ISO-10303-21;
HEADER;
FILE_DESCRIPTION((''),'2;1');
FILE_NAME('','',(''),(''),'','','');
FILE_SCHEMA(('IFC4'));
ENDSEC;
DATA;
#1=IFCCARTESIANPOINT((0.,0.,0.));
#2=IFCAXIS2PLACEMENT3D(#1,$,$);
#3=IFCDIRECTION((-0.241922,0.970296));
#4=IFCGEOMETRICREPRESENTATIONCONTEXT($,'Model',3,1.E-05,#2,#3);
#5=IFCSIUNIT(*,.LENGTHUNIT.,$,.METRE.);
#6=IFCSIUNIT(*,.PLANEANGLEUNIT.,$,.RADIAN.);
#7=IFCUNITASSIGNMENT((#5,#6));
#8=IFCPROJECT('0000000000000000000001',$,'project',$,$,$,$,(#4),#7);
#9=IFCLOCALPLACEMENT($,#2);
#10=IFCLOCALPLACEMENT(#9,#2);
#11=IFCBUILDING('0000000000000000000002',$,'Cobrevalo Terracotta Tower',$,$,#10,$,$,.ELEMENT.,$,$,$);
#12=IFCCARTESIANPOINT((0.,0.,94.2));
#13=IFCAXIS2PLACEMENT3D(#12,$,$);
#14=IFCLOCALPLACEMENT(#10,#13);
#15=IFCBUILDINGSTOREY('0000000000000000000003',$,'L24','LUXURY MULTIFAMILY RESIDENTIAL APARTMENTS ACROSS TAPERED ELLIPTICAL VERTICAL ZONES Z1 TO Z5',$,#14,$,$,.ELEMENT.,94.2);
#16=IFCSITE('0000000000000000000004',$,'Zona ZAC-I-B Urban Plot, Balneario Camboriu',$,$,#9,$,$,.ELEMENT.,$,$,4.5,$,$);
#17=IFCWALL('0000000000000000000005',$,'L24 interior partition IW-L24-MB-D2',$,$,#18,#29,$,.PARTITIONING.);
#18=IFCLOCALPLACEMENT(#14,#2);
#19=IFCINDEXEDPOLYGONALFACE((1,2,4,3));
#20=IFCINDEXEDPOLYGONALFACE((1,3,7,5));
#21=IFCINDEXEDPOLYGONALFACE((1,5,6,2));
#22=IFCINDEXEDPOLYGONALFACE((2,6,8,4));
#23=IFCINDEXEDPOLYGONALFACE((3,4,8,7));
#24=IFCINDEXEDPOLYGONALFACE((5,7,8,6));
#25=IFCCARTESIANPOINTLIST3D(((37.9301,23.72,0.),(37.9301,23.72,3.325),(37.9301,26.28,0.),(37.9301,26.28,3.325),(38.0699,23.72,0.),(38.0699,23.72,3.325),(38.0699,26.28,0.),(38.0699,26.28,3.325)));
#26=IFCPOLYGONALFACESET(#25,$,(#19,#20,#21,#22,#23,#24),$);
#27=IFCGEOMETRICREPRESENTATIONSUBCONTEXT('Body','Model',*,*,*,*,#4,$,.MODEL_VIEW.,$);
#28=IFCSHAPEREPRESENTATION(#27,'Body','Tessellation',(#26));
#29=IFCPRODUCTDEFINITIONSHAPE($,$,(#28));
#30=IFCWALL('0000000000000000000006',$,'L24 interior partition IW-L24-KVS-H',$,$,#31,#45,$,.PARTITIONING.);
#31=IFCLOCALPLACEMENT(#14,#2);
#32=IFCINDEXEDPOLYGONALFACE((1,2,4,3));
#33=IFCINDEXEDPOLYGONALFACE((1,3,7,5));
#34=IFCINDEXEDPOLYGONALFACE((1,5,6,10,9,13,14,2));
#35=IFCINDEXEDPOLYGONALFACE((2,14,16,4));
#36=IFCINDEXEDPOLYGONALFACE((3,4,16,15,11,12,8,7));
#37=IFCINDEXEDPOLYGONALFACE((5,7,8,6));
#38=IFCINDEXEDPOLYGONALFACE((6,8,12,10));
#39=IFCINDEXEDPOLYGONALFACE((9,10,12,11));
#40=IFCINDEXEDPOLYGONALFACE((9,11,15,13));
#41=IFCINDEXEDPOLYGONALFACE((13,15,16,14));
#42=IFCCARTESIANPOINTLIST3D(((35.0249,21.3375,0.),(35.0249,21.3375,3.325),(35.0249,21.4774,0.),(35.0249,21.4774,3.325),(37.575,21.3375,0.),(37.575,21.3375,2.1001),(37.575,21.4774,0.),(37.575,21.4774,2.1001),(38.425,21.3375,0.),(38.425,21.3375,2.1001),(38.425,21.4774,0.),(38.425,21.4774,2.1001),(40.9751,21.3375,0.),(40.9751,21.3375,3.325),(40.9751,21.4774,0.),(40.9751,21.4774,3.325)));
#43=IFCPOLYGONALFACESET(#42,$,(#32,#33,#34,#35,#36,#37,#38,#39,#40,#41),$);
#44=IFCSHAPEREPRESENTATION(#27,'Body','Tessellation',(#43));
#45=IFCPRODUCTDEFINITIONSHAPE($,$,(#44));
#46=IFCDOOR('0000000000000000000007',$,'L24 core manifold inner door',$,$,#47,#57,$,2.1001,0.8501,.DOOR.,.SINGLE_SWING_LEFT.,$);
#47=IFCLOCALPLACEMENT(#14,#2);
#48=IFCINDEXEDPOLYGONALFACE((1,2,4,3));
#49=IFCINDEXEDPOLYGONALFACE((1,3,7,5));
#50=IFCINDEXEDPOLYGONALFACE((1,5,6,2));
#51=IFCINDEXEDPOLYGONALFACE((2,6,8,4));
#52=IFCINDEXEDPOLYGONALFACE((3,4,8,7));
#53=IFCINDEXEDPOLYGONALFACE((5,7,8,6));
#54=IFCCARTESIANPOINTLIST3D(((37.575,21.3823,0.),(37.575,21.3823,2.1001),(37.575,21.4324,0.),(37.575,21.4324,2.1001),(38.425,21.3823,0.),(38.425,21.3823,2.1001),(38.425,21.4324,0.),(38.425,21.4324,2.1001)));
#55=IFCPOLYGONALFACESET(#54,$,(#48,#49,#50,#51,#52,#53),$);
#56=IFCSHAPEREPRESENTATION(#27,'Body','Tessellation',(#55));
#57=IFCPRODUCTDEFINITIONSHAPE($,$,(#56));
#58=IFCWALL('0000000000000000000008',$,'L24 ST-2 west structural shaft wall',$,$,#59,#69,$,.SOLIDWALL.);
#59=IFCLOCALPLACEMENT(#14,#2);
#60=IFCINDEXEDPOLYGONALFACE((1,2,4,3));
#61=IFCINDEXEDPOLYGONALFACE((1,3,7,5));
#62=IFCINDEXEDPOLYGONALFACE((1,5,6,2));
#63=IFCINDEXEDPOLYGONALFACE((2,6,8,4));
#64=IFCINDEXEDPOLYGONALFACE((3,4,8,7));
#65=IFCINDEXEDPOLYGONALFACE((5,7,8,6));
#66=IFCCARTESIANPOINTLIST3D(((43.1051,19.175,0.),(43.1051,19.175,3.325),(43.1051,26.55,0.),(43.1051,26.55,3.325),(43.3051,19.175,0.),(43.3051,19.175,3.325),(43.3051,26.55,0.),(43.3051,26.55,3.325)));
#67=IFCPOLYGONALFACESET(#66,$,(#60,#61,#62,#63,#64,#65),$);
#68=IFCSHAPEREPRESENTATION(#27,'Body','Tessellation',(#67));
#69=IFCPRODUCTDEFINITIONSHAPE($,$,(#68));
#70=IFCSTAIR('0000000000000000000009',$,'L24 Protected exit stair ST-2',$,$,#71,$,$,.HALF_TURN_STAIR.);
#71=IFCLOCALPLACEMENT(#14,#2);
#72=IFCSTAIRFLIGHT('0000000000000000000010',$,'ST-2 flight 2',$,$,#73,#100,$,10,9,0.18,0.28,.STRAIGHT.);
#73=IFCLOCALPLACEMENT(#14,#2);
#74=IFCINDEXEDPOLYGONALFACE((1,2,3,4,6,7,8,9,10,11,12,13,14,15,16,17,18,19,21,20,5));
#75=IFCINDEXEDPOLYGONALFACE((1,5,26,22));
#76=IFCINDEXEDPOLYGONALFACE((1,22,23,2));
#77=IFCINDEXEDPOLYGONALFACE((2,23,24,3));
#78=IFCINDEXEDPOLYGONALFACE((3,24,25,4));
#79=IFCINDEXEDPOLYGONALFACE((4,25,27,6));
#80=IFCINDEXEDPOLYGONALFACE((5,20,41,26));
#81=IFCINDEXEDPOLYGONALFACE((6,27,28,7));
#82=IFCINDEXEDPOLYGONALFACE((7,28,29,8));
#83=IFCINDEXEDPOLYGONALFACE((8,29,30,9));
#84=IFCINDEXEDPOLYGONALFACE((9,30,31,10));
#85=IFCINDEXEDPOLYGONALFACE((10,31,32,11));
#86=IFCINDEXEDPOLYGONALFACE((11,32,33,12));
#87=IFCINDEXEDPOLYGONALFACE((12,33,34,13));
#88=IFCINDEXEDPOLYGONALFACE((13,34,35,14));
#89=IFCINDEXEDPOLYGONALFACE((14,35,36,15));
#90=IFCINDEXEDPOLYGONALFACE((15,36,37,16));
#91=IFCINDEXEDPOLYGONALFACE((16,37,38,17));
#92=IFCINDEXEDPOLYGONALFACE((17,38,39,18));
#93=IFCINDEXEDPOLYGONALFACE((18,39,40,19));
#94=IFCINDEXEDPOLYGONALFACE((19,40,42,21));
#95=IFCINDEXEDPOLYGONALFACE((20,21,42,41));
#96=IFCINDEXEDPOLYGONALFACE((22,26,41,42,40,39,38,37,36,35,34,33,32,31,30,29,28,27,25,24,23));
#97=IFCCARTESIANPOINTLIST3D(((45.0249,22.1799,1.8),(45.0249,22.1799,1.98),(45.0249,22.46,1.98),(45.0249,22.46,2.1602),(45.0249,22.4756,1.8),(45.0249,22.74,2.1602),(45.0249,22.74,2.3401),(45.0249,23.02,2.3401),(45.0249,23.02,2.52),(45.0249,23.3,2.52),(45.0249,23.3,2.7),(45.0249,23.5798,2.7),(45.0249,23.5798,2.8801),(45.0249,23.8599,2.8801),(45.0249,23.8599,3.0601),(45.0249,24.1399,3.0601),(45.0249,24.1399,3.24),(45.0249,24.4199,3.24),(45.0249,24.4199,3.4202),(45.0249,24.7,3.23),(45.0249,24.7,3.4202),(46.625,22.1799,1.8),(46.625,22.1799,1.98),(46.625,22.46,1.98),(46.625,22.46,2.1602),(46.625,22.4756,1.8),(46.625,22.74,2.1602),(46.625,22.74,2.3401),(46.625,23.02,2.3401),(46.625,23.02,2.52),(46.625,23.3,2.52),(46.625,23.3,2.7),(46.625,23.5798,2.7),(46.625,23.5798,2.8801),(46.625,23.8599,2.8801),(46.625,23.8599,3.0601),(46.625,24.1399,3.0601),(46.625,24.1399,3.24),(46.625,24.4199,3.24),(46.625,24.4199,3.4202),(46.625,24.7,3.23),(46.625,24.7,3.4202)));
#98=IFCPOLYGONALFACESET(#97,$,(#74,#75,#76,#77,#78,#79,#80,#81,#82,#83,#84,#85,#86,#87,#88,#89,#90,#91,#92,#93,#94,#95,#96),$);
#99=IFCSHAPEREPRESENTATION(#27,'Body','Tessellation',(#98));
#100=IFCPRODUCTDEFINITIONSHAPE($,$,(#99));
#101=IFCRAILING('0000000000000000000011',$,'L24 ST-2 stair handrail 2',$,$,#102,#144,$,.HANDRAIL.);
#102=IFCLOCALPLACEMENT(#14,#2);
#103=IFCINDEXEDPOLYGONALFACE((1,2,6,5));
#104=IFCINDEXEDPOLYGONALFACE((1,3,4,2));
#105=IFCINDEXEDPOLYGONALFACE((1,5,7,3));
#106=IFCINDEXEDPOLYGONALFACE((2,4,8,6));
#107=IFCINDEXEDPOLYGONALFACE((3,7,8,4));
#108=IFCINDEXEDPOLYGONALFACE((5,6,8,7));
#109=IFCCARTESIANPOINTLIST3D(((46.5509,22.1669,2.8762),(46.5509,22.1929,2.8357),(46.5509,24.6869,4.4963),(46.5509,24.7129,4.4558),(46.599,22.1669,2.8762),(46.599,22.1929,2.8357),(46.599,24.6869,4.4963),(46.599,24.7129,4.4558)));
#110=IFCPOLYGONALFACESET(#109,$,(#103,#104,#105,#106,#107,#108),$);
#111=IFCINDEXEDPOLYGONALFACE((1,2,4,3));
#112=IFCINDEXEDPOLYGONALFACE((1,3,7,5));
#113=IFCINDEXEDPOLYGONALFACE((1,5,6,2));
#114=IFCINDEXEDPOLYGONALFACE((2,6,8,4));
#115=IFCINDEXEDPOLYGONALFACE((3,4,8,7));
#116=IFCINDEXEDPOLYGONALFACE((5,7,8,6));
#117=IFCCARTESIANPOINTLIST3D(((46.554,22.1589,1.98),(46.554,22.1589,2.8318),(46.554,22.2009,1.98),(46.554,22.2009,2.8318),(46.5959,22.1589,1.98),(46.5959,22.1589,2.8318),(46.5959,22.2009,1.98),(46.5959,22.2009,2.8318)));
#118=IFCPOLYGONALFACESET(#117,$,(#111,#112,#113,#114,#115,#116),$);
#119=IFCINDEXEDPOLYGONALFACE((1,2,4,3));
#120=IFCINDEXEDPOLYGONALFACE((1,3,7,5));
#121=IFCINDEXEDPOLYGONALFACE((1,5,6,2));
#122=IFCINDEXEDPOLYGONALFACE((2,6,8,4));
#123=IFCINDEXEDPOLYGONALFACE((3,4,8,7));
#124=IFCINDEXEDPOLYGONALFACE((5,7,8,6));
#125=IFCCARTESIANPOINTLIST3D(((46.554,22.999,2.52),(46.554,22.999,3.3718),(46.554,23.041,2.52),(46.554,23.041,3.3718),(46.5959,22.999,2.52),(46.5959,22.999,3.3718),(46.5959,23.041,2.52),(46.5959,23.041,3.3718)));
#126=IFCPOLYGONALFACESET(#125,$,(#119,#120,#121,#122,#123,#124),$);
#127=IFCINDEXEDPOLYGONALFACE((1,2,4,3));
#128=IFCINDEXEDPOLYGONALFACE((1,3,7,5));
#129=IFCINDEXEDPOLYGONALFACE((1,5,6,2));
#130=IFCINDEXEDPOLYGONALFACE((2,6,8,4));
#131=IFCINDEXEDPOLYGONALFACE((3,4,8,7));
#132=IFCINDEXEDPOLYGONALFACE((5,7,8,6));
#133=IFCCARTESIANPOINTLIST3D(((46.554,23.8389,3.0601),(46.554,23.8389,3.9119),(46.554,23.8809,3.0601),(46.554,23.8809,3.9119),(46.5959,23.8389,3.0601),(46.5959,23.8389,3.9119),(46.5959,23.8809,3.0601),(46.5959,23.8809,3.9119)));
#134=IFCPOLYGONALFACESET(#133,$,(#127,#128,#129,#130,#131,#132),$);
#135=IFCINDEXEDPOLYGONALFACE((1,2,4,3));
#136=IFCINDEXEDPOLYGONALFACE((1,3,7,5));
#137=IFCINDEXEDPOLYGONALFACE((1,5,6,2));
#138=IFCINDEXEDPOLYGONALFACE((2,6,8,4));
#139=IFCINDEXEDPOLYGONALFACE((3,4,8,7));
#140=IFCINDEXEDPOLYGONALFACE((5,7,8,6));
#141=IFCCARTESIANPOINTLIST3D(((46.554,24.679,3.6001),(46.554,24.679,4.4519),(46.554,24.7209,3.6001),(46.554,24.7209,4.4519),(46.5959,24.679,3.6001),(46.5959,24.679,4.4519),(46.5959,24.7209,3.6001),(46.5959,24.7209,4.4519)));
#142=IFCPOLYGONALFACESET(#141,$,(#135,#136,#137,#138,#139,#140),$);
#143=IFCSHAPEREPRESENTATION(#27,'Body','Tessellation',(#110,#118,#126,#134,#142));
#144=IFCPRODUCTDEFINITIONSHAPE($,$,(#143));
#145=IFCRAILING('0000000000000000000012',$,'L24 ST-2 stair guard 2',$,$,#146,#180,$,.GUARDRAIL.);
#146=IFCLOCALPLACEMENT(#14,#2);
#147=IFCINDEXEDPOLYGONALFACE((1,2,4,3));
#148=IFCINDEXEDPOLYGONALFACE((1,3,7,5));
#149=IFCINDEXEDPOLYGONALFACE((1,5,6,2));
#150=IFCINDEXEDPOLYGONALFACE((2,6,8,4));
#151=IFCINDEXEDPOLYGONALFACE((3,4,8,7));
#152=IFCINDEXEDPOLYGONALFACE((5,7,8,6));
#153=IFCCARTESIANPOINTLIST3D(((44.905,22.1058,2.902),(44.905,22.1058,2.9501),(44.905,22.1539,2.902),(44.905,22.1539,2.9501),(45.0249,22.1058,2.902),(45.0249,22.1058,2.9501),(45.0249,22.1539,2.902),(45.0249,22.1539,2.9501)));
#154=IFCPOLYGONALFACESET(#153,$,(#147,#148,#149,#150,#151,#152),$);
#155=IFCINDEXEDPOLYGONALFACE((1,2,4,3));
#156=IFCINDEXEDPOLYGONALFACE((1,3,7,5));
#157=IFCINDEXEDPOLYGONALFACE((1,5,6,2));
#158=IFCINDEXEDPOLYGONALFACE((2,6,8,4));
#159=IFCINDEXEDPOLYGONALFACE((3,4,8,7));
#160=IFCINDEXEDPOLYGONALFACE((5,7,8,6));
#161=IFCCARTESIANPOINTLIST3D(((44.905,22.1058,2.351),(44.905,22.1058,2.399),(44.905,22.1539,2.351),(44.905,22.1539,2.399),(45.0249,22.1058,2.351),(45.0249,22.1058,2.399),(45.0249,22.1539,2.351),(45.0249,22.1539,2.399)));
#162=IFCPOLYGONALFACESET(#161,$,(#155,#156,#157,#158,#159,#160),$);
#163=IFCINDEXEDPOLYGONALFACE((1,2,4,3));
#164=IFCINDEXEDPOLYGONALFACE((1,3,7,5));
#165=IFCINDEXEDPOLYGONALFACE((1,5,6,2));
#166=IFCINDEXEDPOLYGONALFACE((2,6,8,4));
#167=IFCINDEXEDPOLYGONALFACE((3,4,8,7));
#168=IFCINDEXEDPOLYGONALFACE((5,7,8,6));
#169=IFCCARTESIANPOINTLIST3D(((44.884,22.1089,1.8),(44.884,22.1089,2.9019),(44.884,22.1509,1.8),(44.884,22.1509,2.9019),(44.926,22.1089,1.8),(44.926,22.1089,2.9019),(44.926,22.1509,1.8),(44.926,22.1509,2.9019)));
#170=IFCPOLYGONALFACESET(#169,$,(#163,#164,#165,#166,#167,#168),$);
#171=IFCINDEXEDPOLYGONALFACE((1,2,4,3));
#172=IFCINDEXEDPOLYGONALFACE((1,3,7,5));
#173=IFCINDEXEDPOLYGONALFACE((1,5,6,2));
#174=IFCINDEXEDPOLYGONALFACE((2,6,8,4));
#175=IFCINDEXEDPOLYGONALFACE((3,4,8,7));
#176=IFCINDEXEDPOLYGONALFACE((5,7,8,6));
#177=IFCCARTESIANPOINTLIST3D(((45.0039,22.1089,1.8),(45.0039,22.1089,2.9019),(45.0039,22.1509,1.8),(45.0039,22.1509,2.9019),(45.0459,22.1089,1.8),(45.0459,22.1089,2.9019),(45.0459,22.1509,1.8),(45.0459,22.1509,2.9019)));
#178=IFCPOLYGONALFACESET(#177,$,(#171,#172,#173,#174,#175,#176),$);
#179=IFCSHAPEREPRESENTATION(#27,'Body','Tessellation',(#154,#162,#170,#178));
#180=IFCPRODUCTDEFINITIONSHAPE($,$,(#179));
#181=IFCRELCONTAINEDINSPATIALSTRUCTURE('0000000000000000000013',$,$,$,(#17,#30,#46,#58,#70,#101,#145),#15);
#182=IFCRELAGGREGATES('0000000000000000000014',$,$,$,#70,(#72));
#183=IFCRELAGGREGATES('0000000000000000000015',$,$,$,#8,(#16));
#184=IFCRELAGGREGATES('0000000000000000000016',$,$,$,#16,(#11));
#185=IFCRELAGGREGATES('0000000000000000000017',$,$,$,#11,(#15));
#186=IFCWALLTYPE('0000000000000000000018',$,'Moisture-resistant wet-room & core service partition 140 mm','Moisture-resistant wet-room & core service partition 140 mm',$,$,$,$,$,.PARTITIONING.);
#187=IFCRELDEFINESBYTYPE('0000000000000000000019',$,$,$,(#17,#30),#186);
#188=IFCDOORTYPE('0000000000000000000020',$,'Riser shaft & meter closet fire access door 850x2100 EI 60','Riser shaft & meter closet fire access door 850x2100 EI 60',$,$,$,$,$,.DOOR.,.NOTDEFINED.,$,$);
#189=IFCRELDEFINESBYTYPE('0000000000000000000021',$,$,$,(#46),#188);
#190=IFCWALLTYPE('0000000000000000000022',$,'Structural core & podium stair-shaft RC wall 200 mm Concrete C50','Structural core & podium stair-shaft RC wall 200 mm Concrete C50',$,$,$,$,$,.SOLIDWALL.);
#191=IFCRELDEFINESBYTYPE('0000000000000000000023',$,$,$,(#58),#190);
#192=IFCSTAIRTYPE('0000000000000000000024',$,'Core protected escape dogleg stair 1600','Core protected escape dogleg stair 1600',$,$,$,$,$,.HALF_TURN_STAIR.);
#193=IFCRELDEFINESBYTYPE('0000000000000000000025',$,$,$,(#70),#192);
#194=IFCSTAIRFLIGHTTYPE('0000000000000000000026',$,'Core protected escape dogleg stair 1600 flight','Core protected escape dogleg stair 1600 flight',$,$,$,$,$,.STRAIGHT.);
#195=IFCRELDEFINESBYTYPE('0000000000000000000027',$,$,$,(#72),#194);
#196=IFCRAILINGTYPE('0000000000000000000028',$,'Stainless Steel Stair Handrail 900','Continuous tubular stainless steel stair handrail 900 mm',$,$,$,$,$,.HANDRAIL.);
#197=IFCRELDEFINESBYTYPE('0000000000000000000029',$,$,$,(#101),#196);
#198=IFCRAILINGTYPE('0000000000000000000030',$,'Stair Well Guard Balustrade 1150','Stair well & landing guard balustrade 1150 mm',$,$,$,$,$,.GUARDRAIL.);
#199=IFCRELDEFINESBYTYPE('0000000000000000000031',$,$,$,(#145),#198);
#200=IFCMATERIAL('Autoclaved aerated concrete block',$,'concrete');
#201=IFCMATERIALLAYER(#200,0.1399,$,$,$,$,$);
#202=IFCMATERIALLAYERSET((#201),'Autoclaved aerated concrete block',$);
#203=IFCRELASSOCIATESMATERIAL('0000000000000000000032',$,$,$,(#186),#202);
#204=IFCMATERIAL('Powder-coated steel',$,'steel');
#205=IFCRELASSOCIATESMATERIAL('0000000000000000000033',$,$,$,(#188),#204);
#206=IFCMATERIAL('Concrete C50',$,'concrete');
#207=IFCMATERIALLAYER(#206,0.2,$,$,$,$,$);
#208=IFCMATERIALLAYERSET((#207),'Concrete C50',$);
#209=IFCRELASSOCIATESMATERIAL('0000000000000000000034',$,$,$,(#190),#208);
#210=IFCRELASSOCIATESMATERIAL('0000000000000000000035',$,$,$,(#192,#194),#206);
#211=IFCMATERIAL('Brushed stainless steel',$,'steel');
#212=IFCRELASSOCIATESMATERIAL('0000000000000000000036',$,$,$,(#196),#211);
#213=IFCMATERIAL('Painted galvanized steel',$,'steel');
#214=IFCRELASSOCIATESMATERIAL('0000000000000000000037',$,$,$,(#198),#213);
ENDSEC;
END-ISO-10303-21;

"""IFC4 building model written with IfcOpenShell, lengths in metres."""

from ifc_helpers import new_model, si_unit, direction, frame, frame_2d, origin, origin_2d, place, context, subcontext, project, spatial, polyline, rectangle, outline, extrude, source, transform, mapped, material, layer, layer_set, type_object, element, fill, aggregate, save


model = new_model("IFC4")

# Units and contexts
model_context = context("Model", 3, precision=1e-05, world=origin(), true_north=direction((-0.241922, 0.970296)))
body_context = subcontext(model_context, "Body", "Model", "MODEL_VIEW")
ifc_project = project(units=[si_unit("LENGTHUNIT", "METRE"), si_unit("PLANEANGLEUNIT", "RADIAN")], contexts=[model_context])

# Site, building, storey
site_placement = place(None, origin())
site = spatial("IfcSite", under=ifc_project, at=site_placement, Name="Zona ZAC-I-B Urban Plot, Balneario Camboriu", CompositionType="ELEMENT", RefElevation=4.5)
building_placement = place(site_placement, origin())
building = spatial("IfcBuilding", under=site, at=building_placement, Name="Cobrevalo Terracotta Tower", CompositionType="ELEMENT")
storey_placement = place(building_placement, frame((0.0, 0.0, 94.2)))
storey = spatial("IfcBuildingStorey", under=building, at=storey_placement, Name="L24", Description="LUXURY MULTIFAMILY RESIDENTIAL APARTMENTS ACROSS TAPERED ELLIPTICAL VERTICAL ZONES Z1 TO Z5", CompositionType="ELEMENT", Elevation=94.2)

# Shared definitions
ifc_material_1 = material(Name="Autoclaved aerated concrete block", Category="concrete")

# Wall
ifc_layer_1 = layer(ifc_material_1, 0.1399)
ifc_layer_set_1 = layer_set([ifc_layer_1], Name="Autoclaved aerated concrete block")
wall_type_1 = type_object("IfcWallType", Name="Moisture-resistant wet-room & core service partition 140 mm", Description="Moisture-resistant wet-room & core service partition 140 mm", PredefinedType="PARTITIONING", material=ifc_layer_set_1)
wall_1_placement = place(storey_placement, frame((38.0, 23.72, 0.0), z_axis=(0.0, 0.0, 1.0), x_axis=(0.0, 1.0, 0.0)))
element("IfcWall", 1, at=wall_1_placement, inside=storey, type_object=wall_type_1, Name="L24 interior partition IW-L24-MB-D2", PredefinedType="PARTITIONING", context=body_context, shape_type="SweptSolid", body=[
    extrude(rectangle(XDim=2.5601, YDim=0.1399, at=frame_2d((1.28, 0.0))), origin(), (0.0, 0.0, 1.0), 3.325),
])

# Wall, opening, door
wall_2_placement = place(storey_placement, frame((35.0249, 21.4075, 0.0), z_axis=(0.0, 0.0, 1.0), x_axis=(1.0, 0.0, 0.0)))
wall_2 = element("IfcWall", 2, at=wall_2_placement, inside=storey, type_object=wall_type_1, Name="L24 interior partition IW-L24-KVS-H", PredefinedType="PARTITIONING", context=body_context, shape_type="SweptSolid", body=[
    extrude(rectangle(XDim=5.9502, YDim=0.1399, at=frame_2d((2.9751, 0.0))), origin(), (0.0, 0.0, 1.0), 3.325),
])
opening_1_placement = place(wall_2_placement, frame((2.55, 0.0, 0.0)))
opening_1 = element("IfcOpeningElement", 3, at=opening_1_placement, cuts=wall_2, PredefinedType="OPENING", context=body_context, shape_type="SweptSolid", body=[
    extrude(rectangle(XDim=0.8501, YDim=2.1001, at=frame_2d((0.425, 1.05))), frame((0.0, 0.0801, 0.0), z_axis=(0.0, -1.0, 0.0), x_axis=(1.0, 0.0, 0.0)), (0.0, 0.0, 1.0), 0.1599),
])
ifc_material_2 = material(Name="Powder-coated steel", Category="steel")
door_type_1 = type_object("IfcDoorType", Name="Riser shaft & meter closet fire access door 850x2100 EI 60", Description="Riser shaft & meter closet fire access door 850x2100 EI 60", OperationType="NOTDEFINED", PredefinedType="DOOR", material=ifc_material_2)
shared_shape_1 = source(origin(), body_context, "Body", "SweptSolid", [
    extrude(rectangle(XDim=0.8501, YDim=2.1001, at=frame_2d((0.425, 1.05))), frame((0.0, 0.0249, 0.0), z_axis=(0.0, -1.0, 0.0), x_axis=(1.0, 0.0, 0.0)), (0.0, 0.0, 1.0), 0.05),
])
door_1_placement = place(opening_1_placement, origin())
door_1 = element("IfcDoor", 4, at=door_1_placement, inside=storey, type_object=door_type_1, Name="L24 core manifold inner door", OperationType="SINGLE_SWING_LEFT", OverallHeight=2.1001, OverallWidth=0.8501, PredefinedType="DOOR", context=body_context, shape_type="MappedRepresentation", body=[
    mapped(shared_shape_1, transform((0.0, 0.0, 0.0), scale=1.0)),
])
fill(opening_1, door_1)

# Wall
ifc_material_3 = material(Name="Concrete C50", Category="concrete")
ifc_layer_2 = layer(ifc_material_3, 0.2)
ifc_layer_set_2 = layer_set([ifc_layer_2], Name="Concrete C50")
wall_type_2 = type_object("IfcWallType", Name="Structural core & podium stair-shaft RC wall 200 mm Concrete C50", Description="Structural core & podium stair-shaft RC wall 200 mm Concrete C50", PredefinedType="SOLIDWALL", material=ifc_layer_set_2)
wall_3_placement = place(storey_placement, frame((43.2051, 19.175, 0.0), z_axis=(0.0, 0.0, 1.0), x_axis=(0.0, 1.0, 0.0)))
element("IfcWall", 5, at=wall_3_placement, inside=storey, type_object=wall_type_2, Name="L24 ST-2 west structural shaft wall", PredefinedType="SOLIDWALL", context=body_context, shape_type="SweptSolid", body=[
    extrude(rectangle(XDim=7.375, YDim=0.2, at=frame_2d((3.6875, 0.0))), origin(), (0.0, 0.0, 1.0), 3.325),
])

# Stair, stair flight
stair_type = type_object("IfcStairType", Name="Core protected escape dogleg stair 1600", Description="Core protected escape dogleg stair 1600", PredefinedType="HALF_TURN_STAIR", material=ifc_material_3)
stair_placement = place(storey_placement, origin())
stair = element("IfcStair", 6, at=stair_placement, inside=storey, type_object=stair_type, Name="L24 Protected exit stair ST-2", PredefinedType="HALF_TURN_STAIR")
stair_flight_type = type_object("IfcStairFlightType", Name="Core protected escape dogleg stair 1600 flight", Description="Core protected escape dogleg stair 1600 flight", PredefinedType="STRAIGHT", material=ifc_material_3)
stair_flight_placement = place(storey_placement, frame((45.825, 22.1799, 1.8), z_axis=(0.0, 0.0, 1.0), x_axis=(0.0, 1.0, 0.0)))
stair_flight = element("IfcStairFlight", 7, at=stair_flight_placement, type_object=stair_flight_type, Name="ST-2 flight 2", NumberOfRisers=10, NumberOfTreads=9, PredefinedType="STRAIGHT", RiserHeight=0.18, TreadLength=0.28, context=body_context, shape_type="SweptSolid", body=[
    extrude(outline(polyline([(0.0, 0.0), (0.0, 0.1799), (0.28, 0.1799), (0.28, 0.3601), (0.5601, 0.3601), (0.5601, 0.54), (0.8401, 0.54), (0.8401, 0.72), (1.1201, 0.72), (1.1201, 0.8999), (1.3999, 0.8999), (1.3999, 1.0801), (1.6799, 1.0801), (1.6799, 1.26), (1.96, 1.26), (1.96, 1.4399), (2.24, 1.4399), (2.24, 1.6201), (2.52, 1.6201), (2.52, 1.8), (2.52, 1.4299), (0.2957, 0.0), (0.0, 0.0)])), frame((0.0, 0.8, 0.0), z_axis=(0.0, -1.0, 0.0), x_axis=(1.0, 0.0, 0.0)), (0.0, 0.0, 1.0), 1.6001),
])
aggregate(stair, [stair_flight])

# Railings
ifc_material_4 = material(Name="Brushed stainless steel", Category="steel")
railing_type_1 = type_object("IfcRailingType", Name="Stainless Steel Stair Handrail 900", Description="Continuous tubular stainless steel stair handrail 900 mm", PredefinedType="HANDRAIL", material=ifc_material_4)
railing_1_placement = place(storey_placement, frame((46.575, 22.1799, 1.98)))
element("IfcRailing", 8, at=railing_1_placement, inside=storey, type_object=railing_type_1, Name="L24 ST-2 stair handrail 2", PredefinedType="HANDRAIL", context=body_context, shape_type="SweptSolid", body=[
    extrude(rectangle(XDim=0.0481, YDim=0.0481, at=origin_2d()), frame((0.0, 0.0, 0.876), z_axis=(0.0, 0.841163, 0.540782), x_axis=(-1.0, 0.0, 0.0)), (0.0, 0.0, 1.0), 2.9958),
    extrude(rectangle(XDim=0.042, YDim=0.042, at=origin_2d()), origin(), (0.0, 0.0, 1.0), 0.8518),
    extrude(rectangle(XDim=0.042, YDim=0.042, at=origin_2d()), frame((0.0, 0.8401, 0.54)), (0.0, 0.0, 1.0), 0.8518),
    extrude(rectangle(XDim=0.042, YDim=0.042, at=origin_2d()), frame((0.0, 1.6799, 1.0801)), (0.0, 0.0, 1.0), 0.8518),
    extrude(rectangle(XDim=0.042, YDim=0.042, at=origin_2d()), frame((0.0, 2.52, 1.6201)), (0.0, 0.0, 1.0), 0.8518),
])
ifc_material_5 = material(Name="Painted galvanized steel", Category="steel")
railing_type_2 = type_object("IfcRailingType", Name="Stair Well Guard Balustrade 1150", Description="Stair well & landing guard balustrade 1150 mm", PredefinedType="GUARDRAIL", material=ifc_material_5)
railing_2_placement = place(storey_placement, frame((44.905, 22.1299, 1.8)))
element("IfcRailing", 9, at=railing_2_placement, inside=storey, type_object=railing_type_2, Name="L24 ST-2 stair guard 2", PredefinedType="GUARDRAIL", context=body_context, shape_type="SweptSolid", body=[
    extrude(rectangle(XDim=0.0481, YDim=0.0481, at=origin_2d()), frame((0.0, 0.0, 1.126), z_axis=(1.0, 0.0, 0.0), x_axis=(0.0, 1.0, 0.0)), (0.0, 0.0, 1.0), 0.1199),
    extrude(rectangle(XDim=0.0481, YDim=0.0481, at=origin_2d()), frame((0.0, 0.0, 0.575), z_axis=(1.0, 0.0, 0.0), x_axis=(0.0, 1.0, 0.0)), (0.0, 0.0, 1.0), 0.1199),
    extrude(rectangle(XDim=0.042, YDim=0.042, at=origin_2d()), origin(), (0.0, 0.0, 1.0), 1.1018),
    extrude(rectangle(XDim=0.042, YDim=0.042, at=origin_2d()), frame((0.1199, 0.0, 0.0)), (0.0, 0.0, 1.0), 1.1018),
])

save(model, "model.ifc")
